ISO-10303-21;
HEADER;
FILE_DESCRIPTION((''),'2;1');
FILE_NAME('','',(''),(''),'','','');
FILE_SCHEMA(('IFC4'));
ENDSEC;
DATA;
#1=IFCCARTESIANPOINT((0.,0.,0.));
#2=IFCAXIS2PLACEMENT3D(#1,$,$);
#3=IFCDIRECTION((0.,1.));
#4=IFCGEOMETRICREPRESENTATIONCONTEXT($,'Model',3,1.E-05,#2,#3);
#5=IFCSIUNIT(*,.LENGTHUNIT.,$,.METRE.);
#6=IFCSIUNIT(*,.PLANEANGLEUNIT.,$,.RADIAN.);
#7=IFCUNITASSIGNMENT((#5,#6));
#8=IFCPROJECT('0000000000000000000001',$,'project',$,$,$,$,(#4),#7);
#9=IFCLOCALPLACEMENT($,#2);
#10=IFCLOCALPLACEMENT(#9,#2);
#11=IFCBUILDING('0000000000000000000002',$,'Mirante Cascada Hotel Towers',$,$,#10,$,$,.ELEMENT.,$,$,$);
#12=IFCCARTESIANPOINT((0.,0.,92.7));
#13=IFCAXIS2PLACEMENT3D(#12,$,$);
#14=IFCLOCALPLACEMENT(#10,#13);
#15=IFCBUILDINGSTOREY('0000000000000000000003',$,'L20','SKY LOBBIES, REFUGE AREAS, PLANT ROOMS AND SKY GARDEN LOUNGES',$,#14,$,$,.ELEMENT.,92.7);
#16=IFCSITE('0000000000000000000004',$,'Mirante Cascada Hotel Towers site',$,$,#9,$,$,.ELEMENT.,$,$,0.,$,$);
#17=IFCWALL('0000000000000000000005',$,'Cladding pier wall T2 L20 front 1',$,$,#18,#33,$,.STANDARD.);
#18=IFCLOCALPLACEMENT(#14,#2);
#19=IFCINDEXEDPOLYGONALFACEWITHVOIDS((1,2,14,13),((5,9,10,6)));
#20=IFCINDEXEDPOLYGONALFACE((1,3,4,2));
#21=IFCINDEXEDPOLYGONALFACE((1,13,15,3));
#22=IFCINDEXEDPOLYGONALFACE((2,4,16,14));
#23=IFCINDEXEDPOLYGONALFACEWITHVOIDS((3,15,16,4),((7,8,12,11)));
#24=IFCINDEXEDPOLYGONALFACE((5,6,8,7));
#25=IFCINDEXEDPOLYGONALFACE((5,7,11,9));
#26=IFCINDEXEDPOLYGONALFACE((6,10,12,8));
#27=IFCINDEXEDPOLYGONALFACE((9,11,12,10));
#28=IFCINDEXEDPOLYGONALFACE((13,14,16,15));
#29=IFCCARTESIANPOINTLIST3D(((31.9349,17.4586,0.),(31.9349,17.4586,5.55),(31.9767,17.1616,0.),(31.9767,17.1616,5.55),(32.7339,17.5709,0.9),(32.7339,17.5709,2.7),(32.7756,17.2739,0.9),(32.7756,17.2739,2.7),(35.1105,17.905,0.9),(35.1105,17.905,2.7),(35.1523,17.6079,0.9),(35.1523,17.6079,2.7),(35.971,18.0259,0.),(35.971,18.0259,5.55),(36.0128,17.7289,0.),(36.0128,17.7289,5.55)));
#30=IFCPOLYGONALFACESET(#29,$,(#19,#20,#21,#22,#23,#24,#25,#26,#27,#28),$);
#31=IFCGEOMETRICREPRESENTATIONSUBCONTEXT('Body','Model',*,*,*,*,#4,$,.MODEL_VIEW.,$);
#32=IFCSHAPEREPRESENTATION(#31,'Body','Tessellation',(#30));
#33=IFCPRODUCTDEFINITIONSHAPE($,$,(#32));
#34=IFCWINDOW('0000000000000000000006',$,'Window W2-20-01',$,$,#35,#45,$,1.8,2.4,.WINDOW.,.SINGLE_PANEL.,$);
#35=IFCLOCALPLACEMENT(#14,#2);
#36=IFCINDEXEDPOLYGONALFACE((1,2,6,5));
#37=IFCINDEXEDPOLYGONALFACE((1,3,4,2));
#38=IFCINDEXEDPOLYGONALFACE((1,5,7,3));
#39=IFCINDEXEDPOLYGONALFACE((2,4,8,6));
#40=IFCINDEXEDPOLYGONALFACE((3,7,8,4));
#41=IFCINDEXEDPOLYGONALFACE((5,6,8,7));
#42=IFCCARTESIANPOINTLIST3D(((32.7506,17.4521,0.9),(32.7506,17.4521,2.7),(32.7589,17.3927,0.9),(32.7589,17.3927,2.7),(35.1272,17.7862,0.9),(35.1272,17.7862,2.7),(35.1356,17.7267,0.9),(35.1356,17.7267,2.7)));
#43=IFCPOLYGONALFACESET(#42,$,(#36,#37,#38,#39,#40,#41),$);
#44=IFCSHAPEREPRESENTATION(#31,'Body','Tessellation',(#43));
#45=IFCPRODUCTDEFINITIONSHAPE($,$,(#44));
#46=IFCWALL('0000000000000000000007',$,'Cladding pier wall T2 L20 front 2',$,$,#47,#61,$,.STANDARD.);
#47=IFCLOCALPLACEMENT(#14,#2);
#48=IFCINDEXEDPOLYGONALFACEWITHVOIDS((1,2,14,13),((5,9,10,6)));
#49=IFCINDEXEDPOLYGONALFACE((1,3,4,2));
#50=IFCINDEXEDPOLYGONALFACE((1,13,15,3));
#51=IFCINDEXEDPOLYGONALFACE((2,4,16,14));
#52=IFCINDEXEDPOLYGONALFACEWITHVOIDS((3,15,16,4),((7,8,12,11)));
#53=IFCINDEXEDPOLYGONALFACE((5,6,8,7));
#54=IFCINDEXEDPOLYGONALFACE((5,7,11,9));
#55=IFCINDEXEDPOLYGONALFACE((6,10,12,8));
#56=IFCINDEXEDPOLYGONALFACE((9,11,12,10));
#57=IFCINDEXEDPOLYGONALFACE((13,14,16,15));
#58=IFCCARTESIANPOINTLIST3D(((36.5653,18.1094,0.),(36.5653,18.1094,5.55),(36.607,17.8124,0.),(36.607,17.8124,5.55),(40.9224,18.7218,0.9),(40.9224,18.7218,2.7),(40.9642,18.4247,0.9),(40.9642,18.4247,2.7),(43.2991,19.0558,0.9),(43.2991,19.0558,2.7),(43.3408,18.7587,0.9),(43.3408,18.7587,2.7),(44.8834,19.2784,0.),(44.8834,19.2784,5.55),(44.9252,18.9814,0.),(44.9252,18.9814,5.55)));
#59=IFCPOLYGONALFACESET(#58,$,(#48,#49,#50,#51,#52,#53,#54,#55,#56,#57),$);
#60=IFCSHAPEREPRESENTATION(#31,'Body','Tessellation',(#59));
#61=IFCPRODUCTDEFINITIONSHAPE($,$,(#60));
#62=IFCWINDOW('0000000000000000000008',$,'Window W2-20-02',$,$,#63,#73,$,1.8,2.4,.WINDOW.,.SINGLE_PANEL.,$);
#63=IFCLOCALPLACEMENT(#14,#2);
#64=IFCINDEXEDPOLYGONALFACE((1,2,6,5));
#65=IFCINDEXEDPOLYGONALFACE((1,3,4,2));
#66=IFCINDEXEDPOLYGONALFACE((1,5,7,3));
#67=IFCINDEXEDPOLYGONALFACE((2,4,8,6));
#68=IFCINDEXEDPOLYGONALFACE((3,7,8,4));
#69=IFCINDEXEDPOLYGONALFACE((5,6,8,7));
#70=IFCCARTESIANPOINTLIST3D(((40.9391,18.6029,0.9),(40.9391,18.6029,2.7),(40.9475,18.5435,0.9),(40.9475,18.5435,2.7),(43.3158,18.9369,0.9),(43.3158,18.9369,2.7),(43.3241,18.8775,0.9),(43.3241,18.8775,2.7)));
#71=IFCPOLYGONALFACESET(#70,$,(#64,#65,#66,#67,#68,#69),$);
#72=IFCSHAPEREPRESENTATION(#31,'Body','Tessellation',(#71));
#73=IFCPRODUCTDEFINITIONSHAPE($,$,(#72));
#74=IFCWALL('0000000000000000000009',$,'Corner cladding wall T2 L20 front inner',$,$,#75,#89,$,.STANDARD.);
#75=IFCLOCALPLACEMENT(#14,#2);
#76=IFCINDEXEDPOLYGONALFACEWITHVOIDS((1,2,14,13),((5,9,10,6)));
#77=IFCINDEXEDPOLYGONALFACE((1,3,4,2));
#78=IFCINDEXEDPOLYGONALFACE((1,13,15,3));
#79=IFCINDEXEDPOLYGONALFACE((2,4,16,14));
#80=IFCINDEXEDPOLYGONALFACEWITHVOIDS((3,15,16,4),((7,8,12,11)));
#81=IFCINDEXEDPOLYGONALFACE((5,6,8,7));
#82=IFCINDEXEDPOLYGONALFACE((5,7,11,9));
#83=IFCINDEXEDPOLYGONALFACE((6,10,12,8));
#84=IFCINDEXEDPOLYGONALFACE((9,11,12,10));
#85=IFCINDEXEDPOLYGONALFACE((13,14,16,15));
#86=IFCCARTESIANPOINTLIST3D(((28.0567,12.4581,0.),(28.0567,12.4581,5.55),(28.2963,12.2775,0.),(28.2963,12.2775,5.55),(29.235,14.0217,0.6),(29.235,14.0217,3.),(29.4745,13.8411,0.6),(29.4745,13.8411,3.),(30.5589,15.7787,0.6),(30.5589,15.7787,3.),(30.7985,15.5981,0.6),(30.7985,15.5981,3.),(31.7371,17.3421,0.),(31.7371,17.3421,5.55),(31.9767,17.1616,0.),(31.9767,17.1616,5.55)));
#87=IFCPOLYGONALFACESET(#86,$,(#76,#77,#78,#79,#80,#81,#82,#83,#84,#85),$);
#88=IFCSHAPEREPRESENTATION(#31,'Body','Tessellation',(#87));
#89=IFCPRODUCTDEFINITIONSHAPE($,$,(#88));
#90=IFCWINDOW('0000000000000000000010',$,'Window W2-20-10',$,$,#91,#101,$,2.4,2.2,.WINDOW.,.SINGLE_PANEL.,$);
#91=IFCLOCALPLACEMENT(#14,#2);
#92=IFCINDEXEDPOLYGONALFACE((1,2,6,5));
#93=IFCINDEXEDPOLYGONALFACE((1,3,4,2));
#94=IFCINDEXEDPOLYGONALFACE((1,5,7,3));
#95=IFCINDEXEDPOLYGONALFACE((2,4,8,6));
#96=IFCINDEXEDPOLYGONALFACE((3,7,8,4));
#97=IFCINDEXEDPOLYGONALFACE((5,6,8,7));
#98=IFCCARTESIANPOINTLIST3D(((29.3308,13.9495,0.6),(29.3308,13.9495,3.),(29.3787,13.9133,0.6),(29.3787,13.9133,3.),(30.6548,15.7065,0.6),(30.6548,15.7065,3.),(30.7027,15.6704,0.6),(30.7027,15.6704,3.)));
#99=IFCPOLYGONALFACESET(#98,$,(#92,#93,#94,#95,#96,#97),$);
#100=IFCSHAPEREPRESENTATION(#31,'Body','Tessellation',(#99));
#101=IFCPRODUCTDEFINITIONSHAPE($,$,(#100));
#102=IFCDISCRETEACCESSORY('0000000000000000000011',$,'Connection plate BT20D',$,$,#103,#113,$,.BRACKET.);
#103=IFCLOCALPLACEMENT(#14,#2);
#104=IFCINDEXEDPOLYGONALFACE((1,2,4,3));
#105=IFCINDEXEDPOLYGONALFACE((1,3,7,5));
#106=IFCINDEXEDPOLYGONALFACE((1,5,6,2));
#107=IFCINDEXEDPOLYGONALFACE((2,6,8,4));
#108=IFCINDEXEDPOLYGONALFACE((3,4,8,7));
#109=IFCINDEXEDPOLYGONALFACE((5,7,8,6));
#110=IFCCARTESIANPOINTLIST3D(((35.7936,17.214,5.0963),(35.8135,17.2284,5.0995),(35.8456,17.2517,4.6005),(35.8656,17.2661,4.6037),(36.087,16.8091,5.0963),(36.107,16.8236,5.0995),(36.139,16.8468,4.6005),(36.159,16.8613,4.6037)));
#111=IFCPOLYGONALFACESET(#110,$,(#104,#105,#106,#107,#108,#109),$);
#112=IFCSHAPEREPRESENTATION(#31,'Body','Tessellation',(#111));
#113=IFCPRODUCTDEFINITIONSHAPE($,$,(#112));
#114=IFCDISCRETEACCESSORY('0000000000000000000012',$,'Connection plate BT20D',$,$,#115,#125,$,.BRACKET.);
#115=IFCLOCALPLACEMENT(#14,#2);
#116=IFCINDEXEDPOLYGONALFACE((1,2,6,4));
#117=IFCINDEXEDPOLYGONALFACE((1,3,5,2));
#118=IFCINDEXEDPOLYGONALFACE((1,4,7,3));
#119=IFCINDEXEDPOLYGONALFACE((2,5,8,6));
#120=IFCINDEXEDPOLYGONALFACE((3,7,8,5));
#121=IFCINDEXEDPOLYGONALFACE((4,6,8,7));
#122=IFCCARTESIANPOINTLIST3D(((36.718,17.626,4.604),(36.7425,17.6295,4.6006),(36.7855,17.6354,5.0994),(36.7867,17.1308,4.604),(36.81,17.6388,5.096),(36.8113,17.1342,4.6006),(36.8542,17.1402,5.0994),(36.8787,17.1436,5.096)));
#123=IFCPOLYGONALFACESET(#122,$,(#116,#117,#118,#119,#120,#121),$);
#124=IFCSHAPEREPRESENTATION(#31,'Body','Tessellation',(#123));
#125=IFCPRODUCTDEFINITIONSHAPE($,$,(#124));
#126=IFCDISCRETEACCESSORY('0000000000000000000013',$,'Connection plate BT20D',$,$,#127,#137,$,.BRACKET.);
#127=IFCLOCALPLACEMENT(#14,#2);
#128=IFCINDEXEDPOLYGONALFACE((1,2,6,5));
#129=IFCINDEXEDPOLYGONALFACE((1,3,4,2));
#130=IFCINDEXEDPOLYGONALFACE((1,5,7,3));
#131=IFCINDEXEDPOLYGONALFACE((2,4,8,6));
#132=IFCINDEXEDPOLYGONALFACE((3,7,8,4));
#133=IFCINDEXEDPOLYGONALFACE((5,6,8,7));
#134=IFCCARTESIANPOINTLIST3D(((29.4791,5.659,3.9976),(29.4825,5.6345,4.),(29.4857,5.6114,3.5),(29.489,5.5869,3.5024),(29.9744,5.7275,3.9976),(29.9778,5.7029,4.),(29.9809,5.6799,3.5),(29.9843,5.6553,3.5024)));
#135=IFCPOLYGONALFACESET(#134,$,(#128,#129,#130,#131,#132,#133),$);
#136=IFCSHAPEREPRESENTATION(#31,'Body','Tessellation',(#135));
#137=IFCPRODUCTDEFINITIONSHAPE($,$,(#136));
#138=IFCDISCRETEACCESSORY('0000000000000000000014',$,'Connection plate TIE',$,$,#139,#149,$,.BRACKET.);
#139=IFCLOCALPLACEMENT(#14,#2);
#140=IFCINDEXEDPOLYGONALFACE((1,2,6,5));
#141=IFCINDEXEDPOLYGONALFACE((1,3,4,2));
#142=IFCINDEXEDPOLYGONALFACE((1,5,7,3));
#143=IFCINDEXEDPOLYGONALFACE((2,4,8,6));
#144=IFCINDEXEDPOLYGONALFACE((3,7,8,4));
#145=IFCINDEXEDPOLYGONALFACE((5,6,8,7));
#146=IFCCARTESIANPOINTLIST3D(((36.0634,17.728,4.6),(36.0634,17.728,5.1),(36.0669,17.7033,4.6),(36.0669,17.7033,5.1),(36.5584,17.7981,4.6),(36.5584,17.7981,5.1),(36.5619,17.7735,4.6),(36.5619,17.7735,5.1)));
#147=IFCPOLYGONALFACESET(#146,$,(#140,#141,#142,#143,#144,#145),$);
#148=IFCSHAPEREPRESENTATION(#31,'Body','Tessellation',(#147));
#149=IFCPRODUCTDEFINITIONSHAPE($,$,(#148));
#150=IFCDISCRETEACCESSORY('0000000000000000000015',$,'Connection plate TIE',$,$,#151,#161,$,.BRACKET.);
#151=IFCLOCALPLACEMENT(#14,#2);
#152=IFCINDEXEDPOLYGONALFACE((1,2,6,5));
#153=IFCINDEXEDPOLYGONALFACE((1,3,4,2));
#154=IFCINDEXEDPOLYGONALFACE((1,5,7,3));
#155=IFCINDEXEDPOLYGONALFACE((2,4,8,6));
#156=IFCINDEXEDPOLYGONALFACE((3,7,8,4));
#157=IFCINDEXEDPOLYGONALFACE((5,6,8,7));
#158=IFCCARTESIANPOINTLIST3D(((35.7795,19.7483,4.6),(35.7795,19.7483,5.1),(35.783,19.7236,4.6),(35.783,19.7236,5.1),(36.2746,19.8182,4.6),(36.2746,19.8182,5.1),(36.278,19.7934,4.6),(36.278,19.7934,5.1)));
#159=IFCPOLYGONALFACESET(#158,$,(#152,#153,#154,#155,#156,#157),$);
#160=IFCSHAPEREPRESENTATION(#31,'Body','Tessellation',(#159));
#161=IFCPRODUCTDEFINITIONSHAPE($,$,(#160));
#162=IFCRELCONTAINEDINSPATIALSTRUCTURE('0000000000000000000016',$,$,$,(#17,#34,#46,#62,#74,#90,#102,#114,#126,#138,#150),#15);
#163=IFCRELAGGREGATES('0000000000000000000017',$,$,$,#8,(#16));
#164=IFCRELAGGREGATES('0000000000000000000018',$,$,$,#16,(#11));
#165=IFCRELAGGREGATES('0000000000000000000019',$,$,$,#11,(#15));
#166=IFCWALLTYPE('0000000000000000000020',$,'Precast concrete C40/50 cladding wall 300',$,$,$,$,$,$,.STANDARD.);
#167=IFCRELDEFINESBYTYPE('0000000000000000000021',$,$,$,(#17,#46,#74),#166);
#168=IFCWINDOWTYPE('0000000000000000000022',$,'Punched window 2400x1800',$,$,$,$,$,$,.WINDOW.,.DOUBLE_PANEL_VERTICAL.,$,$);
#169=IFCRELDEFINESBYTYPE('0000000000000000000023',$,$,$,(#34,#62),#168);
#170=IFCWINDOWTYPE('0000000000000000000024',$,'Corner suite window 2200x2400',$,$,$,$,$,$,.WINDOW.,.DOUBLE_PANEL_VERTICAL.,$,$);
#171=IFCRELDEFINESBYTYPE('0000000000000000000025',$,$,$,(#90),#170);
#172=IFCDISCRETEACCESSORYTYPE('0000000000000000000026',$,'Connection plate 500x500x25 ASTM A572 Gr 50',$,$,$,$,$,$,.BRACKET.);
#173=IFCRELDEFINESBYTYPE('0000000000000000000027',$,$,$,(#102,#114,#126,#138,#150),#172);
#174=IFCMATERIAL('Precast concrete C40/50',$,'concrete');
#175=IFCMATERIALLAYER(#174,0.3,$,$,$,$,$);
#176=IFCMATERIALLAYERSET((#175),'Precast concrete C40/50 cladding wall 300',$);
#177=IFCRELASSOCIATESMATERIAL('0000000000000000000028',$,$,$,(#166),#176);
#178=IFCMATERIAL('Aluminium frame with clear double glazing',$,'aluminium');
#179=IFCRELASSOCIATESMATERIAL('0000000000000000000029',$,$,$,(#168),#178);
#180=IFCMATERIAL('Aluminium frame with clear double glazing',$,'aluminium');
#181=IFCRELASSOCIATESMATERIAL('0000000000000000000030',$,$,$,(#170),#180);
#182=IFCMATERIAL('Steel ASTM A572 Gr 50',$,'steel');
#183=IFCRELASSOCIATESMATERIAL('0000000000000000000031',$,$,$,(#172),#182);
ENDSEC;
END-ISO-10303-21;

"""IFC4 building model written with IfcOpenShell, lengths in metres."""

from ifc_helpers import new_model, si_unit, direction, frame, frame_2d, origin, origin_2d, place, context, subcontext, project, spatial, rectangle, extrude, material, layer, layer_set, material_profile, profile_set, type_object, element, fill, save


model = new_model("IFC4")

# Units and contexts
model_context = context("Model", 3, precision=1e-05, world=origin(), true_north=direction((0.0, 1.0)))
body_context = subcontext(model_context, "Body", "Model", "MODEL_VIEW")
ifc_project = project(units=[si_unit("LENGTHUNIT", "METRE"), si_unit("PLANEANGLEUNIT", "RADIAN")], contexts=[model_context])

# Site, building, storey
site_placement = place(None, origin())
site = spatial("IfcSite", under=ifc_project, at=site_placement, Name="Mirante Cascada Hotel Towers site", CompositionType="ELEMENT", RefElevation=0.0)
building_placement = place(site_placement, origin())
building = spatial("IfcBuilding", under=site, at=building_placement, Name="Mirante Cascada Hotel Towers", CompositionType="ELEMENT")
storey_placement = place(building_placement, frame((0.0, 0.0, 92.7)))
storey = spatial("IfcBuildingStorey", under=building, at=storey_placement, Name="L20", Description="SKY LOBBIES, REFUGE AREAS, PLANT ROOMS AND SKY GARDEN LOUNGES", CompositionType="ELEMENT", Elevation=92.7)

# Walls, openings, windows
ifc_material_1 = material(Name="Precast concrete C40/50", Category="concrete")
ifc_layer_1 = layer(ifc_material_1, 0.3)
ifc_layer_set_1 = layer_set([ifc_layer_1], Name="Precast concrete C40/50 cladding wall 300")
wall_type = type_object("IfcWallType", Name="Precast concrete C40/50 cladding wall 300", PredefinedType="STANDARD", material=ifc_layer_set_1)
wall_1_placement = place(storey_placement, frame((31.9558, 17.3101, 0.0), z_axis=(0.0, 0.0, 1.0), x_axis=(0.990266, 0.139188, 0.0)))
wall_1 = element("IfcWall", 1, at=wall_1_placement, inside=storey, type_object=wall_type, Name="Cladding pier wall T2 L20 front 1", PredefinedType="STANDARD", context=body_context, shape_type="SweptSolid", body=[
    extrude(rectangle(XDim=4.0758, YDim=0.3, at=frame_2d((2.0379, 0.0))), origin(), (0.0, 0.0, 1.0), 5.55),
])
opening_1_placement = place(wall_1_placement, frame((0.8068, 0.0, 0.9)))
opening_1 = element("IfcOpeningElement", 2, at=opening_1_placement, cuts=wall_1, PredefinedType="OPENING", context=body_context, shape_type="SweptSolid", body=[
    extrude(rectangle(XDim=2.4, YDim=1.8, at=frame_2d((1.2, 0.9))), frame((0.0, 0.15, 0.0), z_axis=(0.0, -1.0, 0.0), x_axis=(1.0, 0.0, 0.0)), (0.0, 0.0, 1.0), 0.3),
])
ifc_material_2 = material(Name="Aluminium frame with clear double glazing", Category="aluminium")
window_type_1 = type_object("IfcWindowType", Name="Punched window 2400x1800", PartitioningType="DOUBLE_PANEL_VERTICAL", PredefinedType="WINDOW", material=ifc_material_2)
window_1_placement = place(opening_1_placement, origin())
window_1 = element("IfcWindow", 3, at=window_1_placement, inside=storey, type_object=window_type_1, Name="Window W2-20-01", OverallHeight=1.8, OverallWidth=2.4, PartitioningType="SINGLE_PANEL", PredefinedType="WINDOW", context=body_context, shape_type="SweptSolid", body=[
    extrude(rectangle(XDim=2.4, YDim=1.8, at=frame_2d((1.2, 0.9))), frame((0.0, 0.03, 0.0), z_axis=(0.0, -1.0, 0.0), x_axis=(1.0, 0.0, 0.0)), (0.0, 0.0, 1.0), 0.06),
])
fill(opening_1, window_1)
wall_2_placement = place(storey_placement, frame((36.5861, 17.9609, 0.0), z_axis=(0.0, 0.0, 1.0), x_axis=(0.990269, 0.139168, 0.0)))
wall_2 = element("IfcWall", 4, at=wall_2_placement, inside=storey, type_object=wall_type, Name="Cladding pier wall T2 L20 front 2", PredefinedType="STANDARD", context=body_context, shape_type="SweptSolid", body=[
    extrude(rectangle(XDim=8.3999, YDim=0.3, at=frame_2d((4.2, 0.0))), origin(), (0.0, 0.0, 1.0), 5.55),
])
opening_2_placement = place(wall_2_placement, frame((4.4, 0.0, 0.9)))
opening_2 = element("IfcOpeningElement", 5, at=opening_2_placement, cuts=wall_2, PredefinedType="OPENING", context=body_context, shape_type="SweptSolid", body=[
    extrude(rectangle(XDim=2.4, YDim=1.8, at=frame_2d((1.2, 0.9))), frame((0.0, 0.15, 0.0), z_axis=(0.0, -1.0, 0.0), x_axis=(1.0, 0.0, 0.0)), (0.0, 0.0, 1.0), 0.3),
])
window_2_placement = place(opening_2_placement, origin())
window_2 = element("IfcWindow", 6, at=window_2_placement, inside=storey, type_object=window_type_1, Name="Window W2-20-02", OverallHeight=1.8, OverallWidth=2.4, PartitioningType="SINGLE_PANEL", PredefinedType="WINDOW", context=body_context, shape_type="SweptSolid", body=[
    extrude(rectangle(XDim=2.4, YDim=1.8, at=frame_2d((1.2, 0.9))), frame((0.0, 0.03, 0.0), z_axis=(0.0, -1.0, 0.0), x_axis=(1.0, 0.0, 0.0)), (0.0, 0.0, 1.0), 0.06),
])
fill(opening_2, window_2)
wall_3_placement = place(storey_placement, frame((31.8569, 17.2519, 0.0), z_axis=(0.0, 0.0, 1.0), x_axis=(-0.601812, -0.798638, 0.0)))
wall_3 = element("IfcWall", 7, at=wall_3_placement, inside=storey, type_object=wall_type, Name="Corner cladding wall T2 L20 front inner", PredefinedType="STANDARD", context=body_context, shape_type="SweptSolid", body=[
    extrude(rectangle(XDim=6.1155, YDim=0.3, at=frame_2d((3.0578, 0.0))), origin(), (0.0, 0.0, 1.0), 5.55),
])
opening_3_placement = place(wall_3_placement, frame((1.9577, 0.0, 0.6)))
opening_3 = element("IfcOpeningElement", 8, at=opening_3_placement, cuts=wall_3, PredefinedType="OPENING", context=body_context, shape_type="SweptSolid", body=[
    extrude(rectangle(XDim=2.2, YDim=2.4, at=frame_2d((1.1, 1.2))), frame((0.0, 0.15, 0.0), z_axis=(0.0, -1.0, 0.0), x_axis=(1.0, 0.0, 0.0)), (0.0, 0.0, 1.0), 0.3),
])
ifc_material_3 = material(Name="Aluminium frame with clear double glazing", Category="aluminium")
window_type_2 = type_object("IfcWindowType", Name="Corner suite window 2200x2400", PartitioningType="DOUBLE_PANEL_VERTICAL", PredefinedType="WINDOW", material=ifc_material_3)
window_3_placement = place(opening_3_placement, origin())
window_3 = element("IfcWindow", 9, at=window_3_placement, inside=storey, type_object=window_type_2, Name="Window W2-20-10", OverallHeight=2.4, OverallWidth=2.2, PartitioningType="SINGLE_PANEL", PredefinedType="WINDOW", context=body_context, shape_type="SweptSolid", body=[
    extrude(rectangle(XDim=2.2, YDim=2.4, at=frame_2d((1.1, 1.2))), frame((0.0, 0.03, 0.0), z_axis=(0.0, -1.0, 0.0), x_axis=(1.0, 0.0, 0.0)), (0.0, 0.0, 1.0), 0.06),
])
fill(opening_3, window_3)

# Discrete accessories
ifc_material_4 = material(Name="Steel ASTM A572 Gr 50", Category="steel")
ifc_material_profile_1 = material_profile(ifc_material_4, rectangle(XDim=0.5, YDim=0.5, at=origin_2d()), Name="Connection plate 500x500x25 ASTM A572 Gr 50")
ifc_profile_set_1 = profile_set([ifc_material_profile_1], Name="Steel ASTM A572 Gr 50")
discrete_accessory_type = type_object("IfcDiscreteAccessoryType", Name="Connection plate 500x500x25 ASTM A572 Gr 50", PredefinedType="BRACKET", material=ifc_profile_set_1)
discrete_accessory_1_placement = place(storey_placement, frame((35.9663, 17.0304, 4.8484), z_axis=(0.802902, 0.582104, 0.128464), x_axis=(-0.586968, 0.80961, 0.0)))
element("IfcDiscreteAccessory", 10, at=discrete_accessory_1_placement, inside=storey, type_object=discrete_accessory_type, Name="Connection plate BT20D", PredefinedType="BRACKET", context=body_context, shape_type="SweptSolid", body=[
    extrude(rectangle(XDim=0.5, YDim=0.5, at=origin_2d()), origin(), (0.0, 0.0, 1.0), 0.0249),
])
discrete_accessory_2_placement = place(storey_placement, frame((36.7861, 17.3831, 4.8517), z_axis=(0.98128, 0.136178, -0.136178), x_axis=(-0.137458, 0.990508, 0.0)))
element("IfcDiscreteAccessory", 11, at=discrete_accessory_2_placement, inside=storey, type_object=discrete_accessory_type, Name="Connection plate BT20D", PredefinedType="BRACKET", context=body_context, shape_type="SweptSolid", body=[
    extrude(rectangle(XDim=0.5, YDim=0.5, at=origin_2d()), origin(), (0.0, 0.0, 1.0), 0.025),
])
for number, where, z_axis, x_axis, name in (
    (12, (29.7334, 5.6449, 3.7512), (-0.136275, 0.98599, -0.096194), (-0.990583, -0.13691, 0.0), "Connection plate BT20D"),
    (13, (36.3144, 17.7384, 4.85), (-0.140299, 0.990109, 0.0), (-0.990109, -0.140299, 0.0), "Connection plate TIE"),
):
    element("IfcDiscreteAccessory", number, at=place(storey_placement, frame(where, z_axis=z_axis, x_axis=x_axis)), inside=storey, type_object=discrete_accessory_type, Name=name, PredefinedType="BRACKET", context=body_context, shape_type="SweptSolid", body=[
        extrude(rectangle(XDim=0.5, YDim=0.5, at=origin_2d()), origin(), (0.0, 0.0, 1.0), 0.0249),
    ])
discrete_accessory_3_placement = place(storey_placement, frame((36.0305, 19.7585, 4.85), z_axis=(-0.139744, 0.990188, 0.0), x_axis=(-0.990188, -0.139744, 0.0)))
element("IfcDiscreteAccessory", 14, at=discrete_accessory_3_placement, inside=storey, type_object=discrete_accessory_type, Name="Connection plate TIE", PredefinedType="BRACKET", context=body_context, shape_type="SweptSolid", body=[
    extrude(rectangle(XDim=0.5, YDim=0.5, at=origin_2d()), origin(), (0.0, 0.0, 1.0), 0.025),
])

save(model, "model.ifc")
